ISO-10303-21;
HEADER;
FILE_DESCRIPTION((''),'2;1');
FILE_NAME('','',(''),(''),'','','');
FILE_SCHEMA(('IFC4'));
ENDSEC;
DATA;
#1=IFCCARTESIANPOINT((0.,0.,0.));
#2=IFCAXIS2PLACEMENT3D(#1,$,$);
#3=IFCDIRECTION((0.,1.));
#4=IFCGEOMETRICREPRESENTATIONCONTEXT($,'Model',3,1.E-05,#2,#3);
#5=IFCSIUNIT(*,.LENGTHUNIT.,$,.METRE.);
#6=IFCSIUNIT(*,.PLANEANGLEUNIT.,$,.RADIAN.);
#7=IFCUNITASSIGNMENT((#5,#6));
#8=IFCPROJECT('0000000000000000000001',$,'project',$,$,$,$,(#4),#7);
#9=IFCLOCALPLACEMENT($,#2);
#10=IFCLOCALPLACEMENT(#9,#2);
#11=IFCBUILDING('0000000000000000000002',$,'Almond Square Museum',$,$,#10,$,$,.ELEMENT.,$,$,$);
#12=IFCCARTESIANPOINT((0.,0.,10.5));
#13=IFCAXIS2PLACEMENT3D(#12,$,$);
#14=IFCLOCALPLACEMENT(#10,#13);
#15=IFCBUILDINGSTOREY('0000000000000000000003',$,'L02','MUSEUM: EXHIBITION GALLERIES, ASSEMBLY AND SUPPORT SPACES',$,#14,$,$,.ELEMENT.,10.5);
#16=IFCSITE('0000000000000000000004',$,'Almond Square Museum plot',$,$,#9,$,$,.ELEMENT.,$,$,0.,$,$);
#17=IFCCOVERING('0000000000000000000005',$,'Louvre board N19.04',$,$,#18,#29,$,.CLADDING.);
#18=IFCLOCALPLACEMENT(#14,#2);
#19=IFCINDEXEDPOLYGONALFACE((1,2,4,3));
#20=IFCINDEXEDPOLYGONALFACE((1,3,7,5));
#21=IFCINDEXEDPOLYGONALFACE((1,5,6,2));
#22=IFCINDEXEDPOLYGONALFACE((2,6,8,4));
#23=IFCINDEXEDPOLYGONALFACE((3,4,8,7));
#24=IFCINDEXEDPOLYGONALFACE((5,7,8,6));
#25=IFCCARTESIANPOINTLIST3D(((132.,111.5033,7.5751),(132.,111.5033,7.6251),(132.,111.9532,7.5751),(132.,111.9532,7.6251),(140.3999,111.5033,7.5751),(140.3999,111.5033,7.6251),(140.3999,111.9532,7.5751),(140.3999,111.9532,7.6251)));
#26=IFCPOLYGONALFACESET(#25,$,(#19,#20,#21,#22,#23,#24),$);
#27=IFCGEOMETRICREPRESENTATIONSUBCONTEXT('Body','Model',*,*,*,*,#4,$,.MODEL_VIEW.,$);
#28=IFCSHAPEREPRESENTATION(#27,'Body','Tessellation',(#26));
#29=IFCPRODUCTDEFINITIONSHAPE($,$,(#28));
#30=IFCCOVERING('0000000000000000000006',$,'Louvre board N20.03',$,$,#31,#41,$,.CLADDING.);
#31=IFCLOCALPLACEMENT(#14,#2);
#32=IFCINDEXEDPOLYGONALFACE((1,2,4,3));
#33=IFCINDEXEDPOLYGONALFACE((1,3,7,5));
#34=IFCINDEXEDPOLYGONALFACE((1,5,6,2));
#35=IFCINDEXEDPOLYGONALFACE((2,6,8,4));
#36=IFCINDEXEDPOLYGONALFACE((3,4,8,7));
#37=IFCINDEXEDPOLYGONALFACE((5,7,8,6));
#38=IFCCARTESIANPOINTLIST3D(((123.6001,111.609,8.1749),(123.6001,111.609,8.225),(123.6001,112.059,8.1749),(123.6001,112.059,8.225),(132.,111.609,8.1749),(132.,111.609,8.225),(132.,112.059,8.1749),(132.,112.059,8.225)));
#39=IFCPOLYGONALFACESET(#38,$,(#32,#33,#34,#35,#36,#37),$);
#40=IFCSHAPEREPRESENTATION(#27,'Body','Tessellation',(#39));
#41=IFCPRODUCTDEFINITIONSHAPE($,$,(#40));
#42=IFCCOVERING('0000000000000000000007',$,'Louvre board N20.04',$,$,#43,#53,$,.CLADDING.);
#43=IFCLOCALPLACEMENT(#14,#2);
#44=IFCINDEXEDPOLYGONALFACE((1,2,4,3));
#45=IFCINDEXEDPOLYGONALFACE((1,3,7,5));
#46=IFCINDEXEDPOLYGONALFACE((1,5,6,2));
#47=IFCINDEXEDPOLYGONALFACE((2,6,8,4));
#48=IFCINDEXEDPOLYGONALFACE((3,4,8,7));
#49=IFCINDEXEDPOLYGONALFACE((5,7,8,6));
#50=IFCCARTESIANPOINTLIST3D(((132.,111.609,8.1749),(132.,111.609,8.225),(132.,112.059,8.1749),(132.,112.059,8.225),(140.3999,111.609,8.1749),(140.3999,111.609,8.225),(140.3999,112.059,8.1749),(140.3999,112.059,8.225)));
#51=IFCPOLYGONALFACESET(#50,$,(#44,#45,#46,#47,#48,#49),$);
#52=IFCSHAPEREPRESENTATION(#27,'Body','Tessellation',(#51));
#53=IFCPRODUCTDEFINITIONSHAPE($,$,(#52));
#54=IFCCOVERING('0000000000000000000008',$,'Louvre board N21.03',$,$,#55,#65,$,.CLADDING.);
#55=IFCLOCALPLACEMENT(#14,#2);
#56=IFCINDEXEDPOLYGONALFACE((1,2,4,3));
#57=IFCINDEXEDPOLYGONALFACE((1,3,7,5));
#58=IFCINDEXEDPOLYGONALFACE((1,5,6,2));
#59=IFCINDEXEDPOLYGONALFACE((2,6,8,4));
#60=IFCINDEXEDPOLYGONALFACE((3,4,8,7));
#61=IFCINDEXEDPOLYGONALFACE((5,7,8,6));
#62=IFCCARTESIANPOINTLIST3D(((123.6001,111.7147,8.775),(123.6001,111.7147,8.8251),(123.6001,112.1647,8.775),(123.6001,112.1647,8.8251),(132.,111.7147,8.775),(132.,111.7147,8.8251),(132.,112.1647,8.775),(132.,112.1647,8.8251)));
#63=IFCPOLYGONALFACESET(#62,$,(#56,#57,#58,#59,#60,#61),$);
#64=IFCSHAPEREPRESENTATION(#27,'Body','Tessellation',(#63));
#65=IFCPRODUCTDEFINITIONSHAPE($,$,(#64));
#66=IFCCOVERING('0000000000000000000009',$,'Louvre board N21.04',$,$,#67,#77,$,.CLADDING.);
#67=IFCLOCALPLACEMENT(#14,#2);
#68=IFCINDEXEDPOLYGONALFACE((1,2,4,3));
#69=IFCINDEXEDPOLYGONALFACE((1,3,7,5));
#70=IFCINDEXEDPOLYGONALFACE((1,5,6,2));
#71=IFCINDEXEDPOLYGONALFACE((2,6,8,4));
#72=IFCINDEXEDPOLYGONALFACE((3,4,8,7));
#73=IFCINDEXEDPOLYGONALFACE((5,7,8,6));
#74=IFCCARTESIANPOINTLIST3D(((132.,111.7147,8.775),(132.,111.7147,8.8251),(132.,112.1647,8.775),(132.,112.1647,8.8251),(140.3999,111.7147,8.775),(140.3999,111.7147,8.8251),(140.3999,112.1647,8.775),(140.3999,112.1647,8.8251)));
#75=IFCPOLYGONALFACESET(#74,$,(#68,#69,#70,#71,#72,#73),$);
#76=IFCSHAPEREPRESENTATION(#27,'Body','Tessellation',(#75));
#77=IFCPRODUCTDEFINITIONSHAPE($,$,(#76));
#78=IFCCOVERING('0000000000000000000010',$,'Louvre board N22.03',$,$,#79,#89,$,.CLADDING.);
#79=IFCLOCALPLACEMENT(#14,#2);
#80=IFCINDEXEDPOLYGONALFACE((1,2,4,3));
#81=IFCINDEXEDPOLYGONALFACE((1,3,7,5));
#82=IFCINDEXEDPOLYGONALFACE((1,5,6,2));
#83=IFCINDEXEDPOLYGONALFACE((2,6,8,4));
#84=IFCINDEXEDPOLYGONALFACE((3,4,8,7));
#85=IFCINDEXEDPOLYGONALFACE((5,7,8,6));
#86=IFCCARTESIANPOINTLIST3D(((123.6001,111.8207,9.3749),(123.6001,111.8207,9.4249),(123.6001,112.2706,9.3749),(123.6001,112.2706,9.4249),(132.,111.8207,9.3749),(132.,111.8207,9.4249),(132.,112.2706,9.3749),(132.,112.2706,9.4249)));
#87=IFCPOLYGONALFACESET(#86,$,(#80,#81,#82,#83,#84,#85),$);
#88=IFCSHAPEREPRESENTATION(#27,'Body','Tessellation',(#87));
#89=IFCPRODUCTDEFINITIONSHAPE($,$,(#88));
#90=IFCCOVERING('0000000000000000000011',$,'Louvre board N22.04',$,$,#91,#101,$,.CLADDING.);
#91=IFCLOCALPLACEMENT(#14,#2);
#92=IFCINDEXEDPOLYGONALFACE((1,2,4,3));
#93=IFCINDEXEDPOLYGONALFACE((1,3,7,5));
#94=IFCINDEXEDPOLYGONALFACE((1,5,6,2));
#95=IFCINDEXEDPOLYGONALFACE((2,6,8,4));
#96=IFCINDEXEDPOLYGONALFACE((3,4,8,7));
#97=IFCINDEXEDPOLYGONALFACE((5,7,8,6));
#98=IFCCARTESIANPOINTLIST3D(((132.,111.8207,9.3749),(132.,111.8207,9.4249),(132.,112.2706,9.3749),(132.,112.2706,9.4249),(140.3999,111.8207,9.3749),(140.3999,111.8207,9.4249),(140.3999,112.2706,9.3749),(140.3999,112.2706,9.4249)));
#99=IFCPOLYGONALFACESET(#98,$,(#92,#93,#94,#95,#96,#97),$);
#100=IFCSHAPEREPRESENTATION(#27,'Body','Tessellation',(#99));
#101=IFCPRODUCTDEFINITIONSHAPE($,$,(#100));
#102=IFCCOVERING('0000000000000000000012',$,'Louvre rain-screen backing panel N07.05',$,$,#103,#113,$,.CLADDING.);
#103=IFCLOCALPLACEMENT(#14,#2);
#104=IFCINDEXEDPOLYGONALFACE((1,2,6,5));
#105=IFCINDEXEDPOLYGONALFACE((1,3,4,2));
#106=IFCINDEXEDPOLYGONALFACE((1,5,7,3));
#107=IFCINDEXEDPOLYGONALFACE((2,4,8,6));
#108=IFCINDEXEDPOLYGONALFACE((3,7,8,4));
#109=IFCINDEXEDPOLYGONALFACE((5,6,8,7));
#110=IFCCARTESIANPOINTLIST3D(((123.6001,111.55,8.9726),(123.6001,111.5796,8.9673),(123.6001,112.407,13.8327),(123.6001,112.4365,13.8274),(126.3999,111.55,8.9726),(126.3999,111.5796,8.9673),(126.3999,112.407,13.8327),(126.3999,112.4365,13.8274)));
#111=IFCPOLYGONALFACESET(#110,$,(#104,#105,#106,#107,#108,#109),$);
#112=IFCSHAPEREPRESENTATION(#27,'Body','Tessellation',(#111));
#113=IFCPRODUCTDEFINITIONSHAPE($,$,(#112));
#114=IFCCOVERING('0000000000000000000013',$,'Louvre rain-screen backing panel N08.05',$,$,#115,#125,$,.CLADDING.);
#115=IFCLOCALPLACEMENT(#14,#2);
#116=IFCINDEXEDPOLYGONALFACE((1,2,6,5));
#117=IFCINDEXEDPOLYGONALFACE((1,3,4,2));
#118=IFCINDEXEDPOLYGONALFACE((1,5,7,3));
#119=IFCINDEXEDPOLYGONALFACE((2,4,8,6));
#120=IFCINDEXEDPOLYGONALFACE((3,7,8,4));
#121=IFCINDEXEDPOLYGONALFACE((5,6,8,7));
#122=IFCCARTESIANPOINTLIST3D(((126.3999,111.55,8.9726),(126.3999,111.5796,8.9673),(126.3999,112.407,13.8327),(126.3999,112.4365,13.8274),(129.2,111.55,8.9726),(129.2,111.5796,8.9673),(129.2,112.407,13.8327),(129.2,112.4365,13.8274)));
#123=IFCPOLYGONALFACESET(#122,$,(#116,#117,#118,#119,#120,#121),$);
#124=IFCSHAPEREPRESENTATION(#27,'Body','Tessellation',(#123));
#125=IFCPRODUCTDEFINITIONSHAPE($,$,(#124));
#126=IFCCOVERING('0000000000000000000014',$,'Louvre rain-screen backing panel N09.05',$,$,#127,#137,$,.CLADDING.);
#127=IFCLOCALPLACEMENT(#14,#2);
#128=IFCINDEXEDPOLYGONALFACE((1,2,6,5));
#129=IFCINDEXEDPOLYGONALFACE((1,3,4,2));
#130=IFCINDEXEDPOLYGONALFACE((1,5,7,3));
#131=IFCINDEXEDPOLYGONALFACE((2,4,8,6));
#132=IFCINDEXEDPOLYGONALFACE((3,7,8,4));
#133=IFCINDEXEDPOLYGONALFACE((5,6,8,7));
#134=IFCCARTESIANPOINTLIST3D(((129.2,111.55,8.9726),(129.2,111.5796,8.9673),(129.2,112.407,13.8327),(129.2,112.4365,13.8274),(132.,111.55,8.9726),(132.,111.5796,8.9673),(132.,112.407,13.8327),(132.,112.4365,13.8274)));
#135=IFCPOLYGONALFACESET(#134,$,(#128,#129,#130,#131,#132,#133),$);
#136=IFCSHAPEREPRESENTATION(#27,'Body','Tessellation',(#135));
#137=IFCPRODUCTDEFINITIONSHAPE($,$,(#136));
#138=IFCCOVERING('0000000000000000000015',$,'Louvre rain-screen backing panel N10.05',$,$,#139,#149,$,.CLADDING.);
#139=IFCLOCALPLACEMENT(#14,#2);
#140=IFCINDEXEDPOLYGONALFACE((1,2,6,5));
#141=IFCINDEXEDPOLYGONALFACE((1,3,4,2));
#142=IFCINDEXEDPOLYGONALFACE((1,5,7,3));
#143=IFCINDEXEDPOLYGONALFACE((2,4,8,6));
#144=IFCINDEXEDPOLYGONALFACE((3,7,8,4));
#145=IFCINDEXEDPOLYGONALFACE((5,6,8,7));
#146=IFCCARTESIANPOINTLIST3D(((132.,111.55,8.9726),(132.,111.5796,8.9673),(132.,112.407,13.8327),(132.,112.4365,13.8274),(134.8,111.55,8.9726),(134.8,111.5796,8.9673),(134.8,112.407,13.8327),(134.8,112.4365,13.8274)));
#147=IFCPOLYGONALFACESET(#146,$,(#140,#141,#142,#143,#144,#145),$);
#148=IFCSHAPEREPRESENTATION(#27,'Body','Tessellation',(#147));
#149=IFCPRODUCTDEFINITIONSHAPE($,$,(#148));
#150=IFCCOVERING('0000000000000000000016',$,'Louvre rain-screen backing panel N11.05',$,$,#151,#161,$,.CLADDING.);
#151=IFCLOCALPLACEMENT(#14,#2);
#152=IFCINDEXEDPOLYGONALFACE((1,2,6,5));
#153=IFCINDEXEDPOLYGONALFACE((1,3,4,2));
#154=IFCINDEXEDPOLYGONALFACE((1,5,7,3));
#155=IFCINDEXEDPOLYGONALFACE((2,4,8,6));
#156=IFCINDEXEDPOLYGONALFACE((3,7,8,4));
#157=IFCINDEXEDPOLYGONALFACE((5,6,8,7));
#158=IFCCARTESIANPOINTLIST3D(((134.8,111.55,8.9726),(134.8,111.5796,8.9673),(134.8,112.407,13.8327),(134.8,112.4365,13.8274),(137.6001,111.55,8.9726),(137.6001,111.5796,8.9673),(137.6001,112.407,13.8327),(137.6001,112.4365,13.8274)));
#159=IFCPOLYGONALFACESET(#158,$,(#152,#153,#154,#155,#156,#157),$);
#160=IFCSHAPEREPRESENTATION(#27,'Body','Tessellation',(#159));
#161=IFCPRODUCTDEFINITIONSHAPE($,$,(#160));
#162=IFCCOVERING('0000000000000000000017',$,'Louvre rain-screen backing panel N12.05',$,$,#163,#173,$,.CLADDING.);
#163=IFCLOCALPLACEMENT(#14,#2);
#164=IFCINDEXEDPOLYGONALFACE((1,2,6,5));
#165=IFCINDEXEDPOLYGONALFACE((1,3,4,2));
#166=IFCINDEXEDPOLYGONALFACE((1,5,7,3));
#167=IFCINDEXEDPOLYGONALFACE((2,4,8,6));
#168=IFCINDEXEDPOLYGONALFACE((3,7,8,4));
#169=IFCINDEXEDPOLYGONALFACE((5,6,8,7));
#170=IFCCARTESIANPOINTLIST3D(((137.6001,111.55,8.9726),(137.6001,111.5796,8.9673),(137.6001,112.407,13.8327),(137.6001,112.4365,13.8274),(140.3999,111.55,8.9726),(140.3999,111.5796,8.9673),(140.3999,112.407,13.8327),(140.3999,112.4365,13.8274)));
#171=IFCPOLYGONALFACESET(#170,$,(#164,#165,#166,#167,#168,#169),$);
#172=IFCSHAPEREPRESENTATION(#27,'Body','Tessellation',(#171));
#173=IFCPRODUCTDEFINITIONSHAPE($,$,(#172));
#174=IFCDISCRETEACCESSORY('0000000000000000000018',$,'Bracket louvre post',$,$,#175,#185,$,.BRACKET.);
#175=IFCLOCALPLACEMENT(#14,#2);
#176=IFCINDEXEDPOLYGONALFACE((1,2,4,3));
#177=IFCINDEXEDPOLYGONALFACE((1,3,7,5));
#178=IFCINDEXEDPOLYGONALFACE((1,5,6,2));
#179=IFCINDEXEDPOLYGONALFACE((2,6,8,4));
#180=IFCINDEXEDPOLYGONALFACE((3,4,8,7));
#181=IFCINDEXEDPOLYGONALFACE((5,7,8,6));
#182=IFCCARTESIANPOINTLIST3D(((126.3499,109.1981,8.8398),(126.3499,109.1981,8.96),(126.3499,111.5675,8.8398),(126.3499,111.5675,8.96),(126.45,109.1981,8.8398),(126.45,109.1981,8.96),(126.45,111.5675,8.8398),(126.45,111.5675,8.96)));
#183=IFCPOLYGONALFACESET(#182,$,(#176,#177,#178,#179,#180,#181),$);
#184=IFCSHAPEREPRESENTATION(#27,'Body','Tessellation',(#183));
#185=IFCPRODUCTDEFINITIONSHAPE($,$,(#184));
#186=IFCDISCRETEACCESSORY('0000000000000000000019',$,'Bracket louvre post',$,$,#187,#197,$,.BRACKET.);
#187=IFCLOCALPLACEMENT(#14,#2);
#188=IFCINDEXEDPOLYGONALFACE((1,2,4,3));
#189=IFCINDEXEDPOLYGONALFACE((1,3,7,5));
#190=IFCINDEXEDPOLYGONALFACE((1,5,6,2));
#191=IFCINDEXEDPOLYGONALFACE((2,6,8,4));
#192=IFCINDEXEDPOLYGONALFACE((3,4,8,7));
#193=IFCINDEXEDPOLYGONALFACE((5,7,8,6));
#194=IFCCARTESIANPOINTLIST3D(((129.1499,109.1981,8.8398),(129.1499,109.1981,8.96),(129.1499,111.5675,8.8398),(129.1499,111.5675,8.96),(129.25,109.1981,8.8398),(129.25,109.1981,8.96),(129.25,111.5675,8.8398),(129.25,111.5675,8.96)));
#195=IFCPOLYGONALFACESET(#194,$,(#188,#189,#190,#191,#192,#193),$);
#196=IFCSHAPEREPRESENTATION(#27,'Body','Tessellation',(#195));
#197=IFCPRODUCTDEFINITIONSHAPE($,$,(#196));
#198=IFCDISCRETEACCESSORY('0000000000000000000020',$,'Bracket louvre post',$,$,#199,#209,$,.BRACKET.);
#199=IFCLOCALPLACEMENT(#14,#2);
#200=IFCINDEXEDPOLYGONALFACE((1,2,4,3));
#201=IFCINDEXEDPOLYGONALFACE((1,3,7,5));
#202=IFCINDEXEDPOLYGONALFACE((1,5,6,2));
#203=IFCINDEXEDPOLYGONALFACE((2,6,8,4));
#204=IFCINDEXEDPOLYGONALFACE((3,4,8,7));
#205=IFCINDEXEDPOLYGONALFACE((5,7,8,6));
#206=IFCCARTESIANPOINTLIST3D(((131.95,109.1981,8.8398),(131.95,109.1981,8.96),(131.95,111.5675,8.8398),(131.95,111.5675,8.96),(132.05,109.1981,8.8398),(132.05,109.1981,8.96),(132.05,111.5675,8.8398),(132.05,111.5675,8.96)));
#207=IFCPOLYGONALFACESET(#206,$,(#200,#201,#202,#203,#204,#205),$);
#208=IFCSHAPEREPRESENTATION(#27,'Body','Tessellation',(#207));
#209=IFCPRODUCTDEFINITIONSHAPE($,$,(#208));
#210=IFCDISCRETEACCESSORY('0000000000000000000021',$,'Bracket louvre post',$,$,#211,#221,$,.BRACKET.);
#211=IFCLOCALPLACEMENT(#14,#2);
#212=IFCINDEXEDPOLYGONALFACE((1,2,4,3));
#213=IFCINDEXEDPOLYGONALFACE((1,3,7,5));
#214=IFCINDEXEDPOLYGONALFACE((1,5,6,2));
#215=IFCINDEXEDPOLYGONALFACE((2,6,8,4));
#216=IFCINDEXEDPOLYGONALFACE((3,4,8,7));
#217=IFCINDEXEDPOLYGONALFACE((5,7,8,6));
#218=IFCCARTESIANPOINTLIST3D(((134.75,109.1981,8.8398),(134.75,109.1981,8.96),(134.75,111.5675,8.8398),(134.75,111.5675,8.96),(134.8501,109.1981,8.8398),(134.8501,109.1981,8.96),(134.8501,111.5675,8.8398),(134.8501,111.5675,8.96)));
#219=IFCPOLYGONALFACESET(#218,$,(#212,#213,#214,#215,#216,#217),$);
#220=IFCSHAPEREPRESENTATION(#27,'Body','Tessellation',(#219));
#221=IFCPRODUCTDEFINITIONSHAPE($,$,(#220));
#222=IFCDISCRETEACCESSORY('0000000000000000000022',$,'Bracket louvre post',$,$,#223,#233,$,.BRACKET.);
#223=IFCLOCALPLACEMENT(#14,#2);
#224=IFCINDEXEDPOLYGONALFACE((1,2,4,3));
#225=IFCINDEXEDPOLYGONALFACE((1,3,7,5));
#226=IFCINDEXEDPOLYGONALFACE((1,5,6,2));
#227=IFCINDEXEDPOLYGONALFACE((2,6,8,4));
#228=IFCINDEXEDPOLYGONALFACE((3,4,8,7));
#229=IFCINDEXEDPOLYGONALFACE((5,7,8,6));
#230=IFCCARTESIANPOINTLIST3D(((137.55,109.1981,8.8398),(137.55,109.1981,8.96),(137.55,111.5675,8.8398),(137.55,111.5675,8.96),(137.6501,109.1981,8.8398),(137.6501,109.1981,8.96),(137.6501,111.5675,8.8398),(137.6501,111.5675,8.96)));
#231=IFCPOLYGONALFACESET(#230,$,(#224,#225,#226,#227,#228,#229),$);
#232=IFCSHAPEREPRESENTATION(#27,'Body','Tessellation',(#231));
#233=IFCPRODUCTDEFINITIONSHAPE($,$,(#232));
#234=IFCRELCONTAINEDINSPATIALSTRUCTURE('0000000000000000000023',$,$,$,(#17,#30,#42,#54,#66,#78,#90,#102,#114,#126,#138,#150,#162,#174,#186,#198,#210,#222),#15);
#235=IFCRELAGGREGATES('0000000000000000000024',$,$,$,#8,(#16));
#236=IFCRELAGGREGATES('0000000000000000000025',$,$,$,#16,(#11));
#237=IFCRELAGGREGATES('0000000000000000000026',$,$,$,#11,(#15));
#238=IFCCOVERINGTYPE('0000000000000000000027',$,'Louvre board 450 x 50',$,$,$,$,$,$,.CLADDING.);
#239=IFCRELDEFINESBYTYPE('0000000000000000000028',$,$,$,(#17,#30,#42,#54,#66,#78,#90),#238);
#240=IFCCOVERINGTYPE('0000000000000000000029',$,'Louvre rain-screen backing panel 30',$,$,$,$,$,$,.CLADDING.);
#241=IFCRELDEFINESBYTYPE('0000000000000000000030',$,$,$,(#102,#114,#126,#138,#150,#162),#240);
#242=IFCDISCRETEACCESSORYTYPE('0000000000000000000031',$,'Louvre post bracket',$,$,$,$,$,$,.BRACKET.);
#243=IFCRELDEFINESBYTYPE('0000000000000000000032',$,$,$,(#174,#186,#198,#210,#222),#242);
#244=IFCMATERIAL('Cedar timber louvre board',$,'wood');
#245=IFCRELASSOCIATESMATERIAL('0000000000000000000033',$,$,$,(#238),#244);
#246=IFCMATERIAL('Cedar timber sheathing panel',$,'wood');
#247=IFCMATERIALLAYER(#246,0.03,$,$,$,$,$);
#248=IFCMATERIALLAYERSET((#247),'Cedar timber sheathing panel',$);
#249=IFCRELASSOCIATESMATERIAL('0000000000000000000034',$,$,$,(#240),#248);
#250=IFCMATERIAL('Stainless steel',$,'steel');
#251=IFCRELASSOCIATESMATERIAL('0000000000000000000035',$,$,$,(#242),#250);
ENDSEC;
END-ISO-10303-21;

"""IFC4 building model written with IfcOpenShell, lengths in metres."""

from ifc_helpers import new_model, si_unit, direction, frame, origin, origin_2d, place, context, subcontext, project, spatial, polyline, rectangle, outline, extrude, material, layer, layer_set, material_profile, profile_set, type_object, element, save


model = new_model("IFC4")

# Units and contexts
model_context = context("Model", 3, precision=1e-05, world=origin(), true_north=direction((0.0, 1.0)))
body_context = subcontext(model_context, "Body", "Model", "MODEL_VIEW")
ifc_project = project(units=[si_unit("LENGTHUNIT", "METRE"), si_unit("PLANEANGLEUNIT", "RADIAN")], contexts=[model_context])

# Site, building, storey
site_placement = place(None, origin())
site = spatial("IfcSite", under=ifc_project, at=site_placement, Name="Almond Square Museum plot", CompositionType="ELEMENT", RefElevation=0.0)
building_placement = place(site_placement, origin())
building = spatial("IfcBuilding", under=site, at=building_placement, Name="Almond Square Museum", CompositionType="ELEMENT")
storey_placement = place(building_placement, frame((0.0, 0.0, 10.5)))
storey = spatial("IfcBuildingStorey", under=building, at=storey_placement, Name="L02", Description="MUSEUM: EXHIBITION GALLERIES, ASSEMBLY AND SUPPORT SPACES", CompositionType="ELEMENT", Elevation=10.5)

# Coverings
ifc_material_1 = material(Name="Cedar timber louvre board", Category="wood")
ifc_material_profile = material_profile(ifc_material_1, rectangle(XDim=0.45, YDim=0.05, at=origin_2d()))
ifc_profile_set = profile_set([ifc_material_profile], Name="Cedar timber louvre board")
covering_type_1 = type_object("IfcCoveringType", Name="Louvre board 450 x 50", PredefinedType="CLADDING", material=ifc_profile_set)
for number, where, z_axis, x_axis, name in (
    (1, (132.0, 111.7283, 7.6001), (1.0, 0.0, 0.0), (0.0, 1.0, 0.0), "Louvre board N19.04"),
    (2, (123.6001, 111.834, 8.2), (1.0, 0.0, 0.0), (0.0, 1.0, 0.0), "Louvre board N20.03"),
    (3, (132.0, 111.834, 8.2), (1.0, 0.0, 0.0), (0.0, 1.0, 0.0), "Louvre board N20.04"),
    (4, (123.6001, 111.9397, 8.8), (1.0, 0.0, 0.0), (0.0, 1.0, 0.0), "Louvre board N21.03"),
    (5, (132.0, 111.9397, 8.8), (1.0, 0.0, 0.0), (0.0, 1.0, 0.0), "Louvre board N21.04"),
    (6, (123.6001, 112.0457, 9.3999), (1.0, 0.0, 0.0), (0.0, 1.0, 0.0), "Louvre board N22.03"),
    (7, (132.0, 112.0457, 9.3999), (1.0, 0.0, 0.0), (0.0, 1.0, 0.0), "Louvre board N22.04"),
):
    element("IfcCovering", number, at=place(storey_placement, frame(where, z_axis=z_axis, x_axis=x_axis)), inside=storey, type_object=covering_type_1, Name=name, PredefinedType="CLADDING", context=body_context, shape_type="SweptSolid", body=[
        extrude(rectangle(XDim=0.45, YDim=0.05, at=origin_2d()), origin(), (0.0, 0.0, 1.0), 8.3999),
    ])
ifc_material_2 = material(Name="Cedar timber sheathing panel", Category="wood")
ifc_layer_1 = layer(ifc_material_2, 0.03)
ifc_layer_set_1 = layer_set([ifc_layer_1], Name="Cedar timber sheathing panel")
covering_type_2 = type_object("IfcCoveringType", Name="Louvre rain-screen backing panel 30", PredefinedType="CLADDING", material=ifc_layer_set_1)
covering_1_placement = place(storey_placement, frame((123.6001, 111.5647, 8.97), z_axis=(0.0, -0.984809, 0.173641), x_axis=(1.0, 0.0, 0.0)))
element("IfcCovering", 8, at=covering_1_placement, inside=storey, type_object=covering_type_2, Name="Louvre rain-screen backing panel N07.05", PredefinedType="CLADDING", context=body_context, shape_type="SweptSolid", body=[
    extrude(outline(polyline([(0.0, 0.0), (2.7998, 0.0), (2.7998, 4.9351), (0.0, 4.9351), (0.0, 0.0)])), frame((0.0, 0.0, -0.0151)), (0.0, 0.0, 1.0), 0.03),
])
for number, where, z_axis, x_axis, name in (
    (9, (126.3999, 111.5647, 8.97), (0.0, -0.984809, 0.173641), (1.0, 0.0, 0.0), "Louvre rain-screen backing panel N08.05"),
    (10, (129.2, 111.5647, 8.97), (0.0, -0.984809, 0.173641), (1.0, 0.0, 0.0), "Louvre rain-screen backing panel N09.05"),
    (11, (132.0, 111.5647, 8.97), (0.0, -0.984809, 0.173641), (1.0, 0.0, 0.0), "Louvre rain-screen backing panel N10.05"),
    (12, (134.8, 111.5647, 8.97), (0.0, -0.984809, 0.173641), (1.0, 0.0, 0.0), "Louvre rain-screen backing panel N11.05"),
):
    element("IfcCovering", number, at=place(storey_placement, frame(where, z_axis=z_axis, x_axis=x_axis)), inside=storey, type_object=covering_type_2, Name=name, PredefinedType="CLADDING", context=body_context, shape_type="SweptSolid", body=[
        extrude(outline(polyline([(0.0, 0.0), (2.8, 0.0), (2.8, 4.9351), (0.0, 4.9351), (0.0, 0.0)])), frame((0.0, 0.0, -0.0151)), (0.0, 0.0, 1.0), 0.03),
    ])
covering_2_placement = place(storey_placement, frame((137.6001, 111.5647, 8.97), z_axis=(0.0, -0.984809, 0.173641), x_axis=(1.0, 0.0, 0.0)))
element("IfcCovering", 13, at=covering_2_placement, inside=storey, type_object=covering_type_2, Name="Louvre rain-screen backing panel N12.05", PredefinedType="CLADDING", context=body_context, shape_type="SweptSolid", body=[
    extrude(outline(polyline([(0.0, 0.0), (2.7998, 0.0), (2.7998, 4.9351), (0.0, 4.9351), (0.0, 0.0)])), frame((0.0, 0.0, -0.0151)), (0.0, 0.0, 1.0), 0.03),
])

# Discrete accessories
ifc_material_3 = material(Name="Stainless steel", Category="steel")
discrete_accessory_type = type_object("IfcDiscreteAccessoryType", Name="Louvre post bracket", PredefinedType="BRACKET", material=ifc_material_3)
for number, where, z_axis, x_axis, name in (
    (14, (126.3999, 110.3828, 8.8398), (0.0, 0.0, 1.0), (1.0, 0.0, 0.0), "Bracket louvre post"),
    (15, (129.2, 110.3828, 8.8398), (0.0, 0.0, 1.0), (1.0, 0.0, 0.0), "Bracket louvre post"),
    (16, (132.0, 110.3828, 8.8398), (0.0, 0.0, 1.0), (1.0, 0.0, 0.0), "Bracket louvre post"),
    (17, (134.8, 110.3828, 8.8398), (0.0, 0.0, 1.0), (1.0, 0.0, 0.0), "Bracket louvre post"),
    (18, (137.6001, 110.3828, 8.8398), (0.0, 0.0, 1.0), (1.0, 0.0, 0.0), "Bracket louvre post"),
):
    element("IfcDiscreteAccessory", number, at=place(storey_placement, frame(where, z_axis=z_axis, x_axis=x_axis)), inside=storey, type_object=discrete_accessory_type, Name=name, PredefinedType="BRACKET", context=body_context, shape_type="SweptSolid", body=[
        extrude(rectangle(XDim=0.1001, YDim=2.3694, at=origin_2d()), origin(), (0.0, 0.0, 1.0), 0.1201),
    ])

save(model, "model.ifc")
